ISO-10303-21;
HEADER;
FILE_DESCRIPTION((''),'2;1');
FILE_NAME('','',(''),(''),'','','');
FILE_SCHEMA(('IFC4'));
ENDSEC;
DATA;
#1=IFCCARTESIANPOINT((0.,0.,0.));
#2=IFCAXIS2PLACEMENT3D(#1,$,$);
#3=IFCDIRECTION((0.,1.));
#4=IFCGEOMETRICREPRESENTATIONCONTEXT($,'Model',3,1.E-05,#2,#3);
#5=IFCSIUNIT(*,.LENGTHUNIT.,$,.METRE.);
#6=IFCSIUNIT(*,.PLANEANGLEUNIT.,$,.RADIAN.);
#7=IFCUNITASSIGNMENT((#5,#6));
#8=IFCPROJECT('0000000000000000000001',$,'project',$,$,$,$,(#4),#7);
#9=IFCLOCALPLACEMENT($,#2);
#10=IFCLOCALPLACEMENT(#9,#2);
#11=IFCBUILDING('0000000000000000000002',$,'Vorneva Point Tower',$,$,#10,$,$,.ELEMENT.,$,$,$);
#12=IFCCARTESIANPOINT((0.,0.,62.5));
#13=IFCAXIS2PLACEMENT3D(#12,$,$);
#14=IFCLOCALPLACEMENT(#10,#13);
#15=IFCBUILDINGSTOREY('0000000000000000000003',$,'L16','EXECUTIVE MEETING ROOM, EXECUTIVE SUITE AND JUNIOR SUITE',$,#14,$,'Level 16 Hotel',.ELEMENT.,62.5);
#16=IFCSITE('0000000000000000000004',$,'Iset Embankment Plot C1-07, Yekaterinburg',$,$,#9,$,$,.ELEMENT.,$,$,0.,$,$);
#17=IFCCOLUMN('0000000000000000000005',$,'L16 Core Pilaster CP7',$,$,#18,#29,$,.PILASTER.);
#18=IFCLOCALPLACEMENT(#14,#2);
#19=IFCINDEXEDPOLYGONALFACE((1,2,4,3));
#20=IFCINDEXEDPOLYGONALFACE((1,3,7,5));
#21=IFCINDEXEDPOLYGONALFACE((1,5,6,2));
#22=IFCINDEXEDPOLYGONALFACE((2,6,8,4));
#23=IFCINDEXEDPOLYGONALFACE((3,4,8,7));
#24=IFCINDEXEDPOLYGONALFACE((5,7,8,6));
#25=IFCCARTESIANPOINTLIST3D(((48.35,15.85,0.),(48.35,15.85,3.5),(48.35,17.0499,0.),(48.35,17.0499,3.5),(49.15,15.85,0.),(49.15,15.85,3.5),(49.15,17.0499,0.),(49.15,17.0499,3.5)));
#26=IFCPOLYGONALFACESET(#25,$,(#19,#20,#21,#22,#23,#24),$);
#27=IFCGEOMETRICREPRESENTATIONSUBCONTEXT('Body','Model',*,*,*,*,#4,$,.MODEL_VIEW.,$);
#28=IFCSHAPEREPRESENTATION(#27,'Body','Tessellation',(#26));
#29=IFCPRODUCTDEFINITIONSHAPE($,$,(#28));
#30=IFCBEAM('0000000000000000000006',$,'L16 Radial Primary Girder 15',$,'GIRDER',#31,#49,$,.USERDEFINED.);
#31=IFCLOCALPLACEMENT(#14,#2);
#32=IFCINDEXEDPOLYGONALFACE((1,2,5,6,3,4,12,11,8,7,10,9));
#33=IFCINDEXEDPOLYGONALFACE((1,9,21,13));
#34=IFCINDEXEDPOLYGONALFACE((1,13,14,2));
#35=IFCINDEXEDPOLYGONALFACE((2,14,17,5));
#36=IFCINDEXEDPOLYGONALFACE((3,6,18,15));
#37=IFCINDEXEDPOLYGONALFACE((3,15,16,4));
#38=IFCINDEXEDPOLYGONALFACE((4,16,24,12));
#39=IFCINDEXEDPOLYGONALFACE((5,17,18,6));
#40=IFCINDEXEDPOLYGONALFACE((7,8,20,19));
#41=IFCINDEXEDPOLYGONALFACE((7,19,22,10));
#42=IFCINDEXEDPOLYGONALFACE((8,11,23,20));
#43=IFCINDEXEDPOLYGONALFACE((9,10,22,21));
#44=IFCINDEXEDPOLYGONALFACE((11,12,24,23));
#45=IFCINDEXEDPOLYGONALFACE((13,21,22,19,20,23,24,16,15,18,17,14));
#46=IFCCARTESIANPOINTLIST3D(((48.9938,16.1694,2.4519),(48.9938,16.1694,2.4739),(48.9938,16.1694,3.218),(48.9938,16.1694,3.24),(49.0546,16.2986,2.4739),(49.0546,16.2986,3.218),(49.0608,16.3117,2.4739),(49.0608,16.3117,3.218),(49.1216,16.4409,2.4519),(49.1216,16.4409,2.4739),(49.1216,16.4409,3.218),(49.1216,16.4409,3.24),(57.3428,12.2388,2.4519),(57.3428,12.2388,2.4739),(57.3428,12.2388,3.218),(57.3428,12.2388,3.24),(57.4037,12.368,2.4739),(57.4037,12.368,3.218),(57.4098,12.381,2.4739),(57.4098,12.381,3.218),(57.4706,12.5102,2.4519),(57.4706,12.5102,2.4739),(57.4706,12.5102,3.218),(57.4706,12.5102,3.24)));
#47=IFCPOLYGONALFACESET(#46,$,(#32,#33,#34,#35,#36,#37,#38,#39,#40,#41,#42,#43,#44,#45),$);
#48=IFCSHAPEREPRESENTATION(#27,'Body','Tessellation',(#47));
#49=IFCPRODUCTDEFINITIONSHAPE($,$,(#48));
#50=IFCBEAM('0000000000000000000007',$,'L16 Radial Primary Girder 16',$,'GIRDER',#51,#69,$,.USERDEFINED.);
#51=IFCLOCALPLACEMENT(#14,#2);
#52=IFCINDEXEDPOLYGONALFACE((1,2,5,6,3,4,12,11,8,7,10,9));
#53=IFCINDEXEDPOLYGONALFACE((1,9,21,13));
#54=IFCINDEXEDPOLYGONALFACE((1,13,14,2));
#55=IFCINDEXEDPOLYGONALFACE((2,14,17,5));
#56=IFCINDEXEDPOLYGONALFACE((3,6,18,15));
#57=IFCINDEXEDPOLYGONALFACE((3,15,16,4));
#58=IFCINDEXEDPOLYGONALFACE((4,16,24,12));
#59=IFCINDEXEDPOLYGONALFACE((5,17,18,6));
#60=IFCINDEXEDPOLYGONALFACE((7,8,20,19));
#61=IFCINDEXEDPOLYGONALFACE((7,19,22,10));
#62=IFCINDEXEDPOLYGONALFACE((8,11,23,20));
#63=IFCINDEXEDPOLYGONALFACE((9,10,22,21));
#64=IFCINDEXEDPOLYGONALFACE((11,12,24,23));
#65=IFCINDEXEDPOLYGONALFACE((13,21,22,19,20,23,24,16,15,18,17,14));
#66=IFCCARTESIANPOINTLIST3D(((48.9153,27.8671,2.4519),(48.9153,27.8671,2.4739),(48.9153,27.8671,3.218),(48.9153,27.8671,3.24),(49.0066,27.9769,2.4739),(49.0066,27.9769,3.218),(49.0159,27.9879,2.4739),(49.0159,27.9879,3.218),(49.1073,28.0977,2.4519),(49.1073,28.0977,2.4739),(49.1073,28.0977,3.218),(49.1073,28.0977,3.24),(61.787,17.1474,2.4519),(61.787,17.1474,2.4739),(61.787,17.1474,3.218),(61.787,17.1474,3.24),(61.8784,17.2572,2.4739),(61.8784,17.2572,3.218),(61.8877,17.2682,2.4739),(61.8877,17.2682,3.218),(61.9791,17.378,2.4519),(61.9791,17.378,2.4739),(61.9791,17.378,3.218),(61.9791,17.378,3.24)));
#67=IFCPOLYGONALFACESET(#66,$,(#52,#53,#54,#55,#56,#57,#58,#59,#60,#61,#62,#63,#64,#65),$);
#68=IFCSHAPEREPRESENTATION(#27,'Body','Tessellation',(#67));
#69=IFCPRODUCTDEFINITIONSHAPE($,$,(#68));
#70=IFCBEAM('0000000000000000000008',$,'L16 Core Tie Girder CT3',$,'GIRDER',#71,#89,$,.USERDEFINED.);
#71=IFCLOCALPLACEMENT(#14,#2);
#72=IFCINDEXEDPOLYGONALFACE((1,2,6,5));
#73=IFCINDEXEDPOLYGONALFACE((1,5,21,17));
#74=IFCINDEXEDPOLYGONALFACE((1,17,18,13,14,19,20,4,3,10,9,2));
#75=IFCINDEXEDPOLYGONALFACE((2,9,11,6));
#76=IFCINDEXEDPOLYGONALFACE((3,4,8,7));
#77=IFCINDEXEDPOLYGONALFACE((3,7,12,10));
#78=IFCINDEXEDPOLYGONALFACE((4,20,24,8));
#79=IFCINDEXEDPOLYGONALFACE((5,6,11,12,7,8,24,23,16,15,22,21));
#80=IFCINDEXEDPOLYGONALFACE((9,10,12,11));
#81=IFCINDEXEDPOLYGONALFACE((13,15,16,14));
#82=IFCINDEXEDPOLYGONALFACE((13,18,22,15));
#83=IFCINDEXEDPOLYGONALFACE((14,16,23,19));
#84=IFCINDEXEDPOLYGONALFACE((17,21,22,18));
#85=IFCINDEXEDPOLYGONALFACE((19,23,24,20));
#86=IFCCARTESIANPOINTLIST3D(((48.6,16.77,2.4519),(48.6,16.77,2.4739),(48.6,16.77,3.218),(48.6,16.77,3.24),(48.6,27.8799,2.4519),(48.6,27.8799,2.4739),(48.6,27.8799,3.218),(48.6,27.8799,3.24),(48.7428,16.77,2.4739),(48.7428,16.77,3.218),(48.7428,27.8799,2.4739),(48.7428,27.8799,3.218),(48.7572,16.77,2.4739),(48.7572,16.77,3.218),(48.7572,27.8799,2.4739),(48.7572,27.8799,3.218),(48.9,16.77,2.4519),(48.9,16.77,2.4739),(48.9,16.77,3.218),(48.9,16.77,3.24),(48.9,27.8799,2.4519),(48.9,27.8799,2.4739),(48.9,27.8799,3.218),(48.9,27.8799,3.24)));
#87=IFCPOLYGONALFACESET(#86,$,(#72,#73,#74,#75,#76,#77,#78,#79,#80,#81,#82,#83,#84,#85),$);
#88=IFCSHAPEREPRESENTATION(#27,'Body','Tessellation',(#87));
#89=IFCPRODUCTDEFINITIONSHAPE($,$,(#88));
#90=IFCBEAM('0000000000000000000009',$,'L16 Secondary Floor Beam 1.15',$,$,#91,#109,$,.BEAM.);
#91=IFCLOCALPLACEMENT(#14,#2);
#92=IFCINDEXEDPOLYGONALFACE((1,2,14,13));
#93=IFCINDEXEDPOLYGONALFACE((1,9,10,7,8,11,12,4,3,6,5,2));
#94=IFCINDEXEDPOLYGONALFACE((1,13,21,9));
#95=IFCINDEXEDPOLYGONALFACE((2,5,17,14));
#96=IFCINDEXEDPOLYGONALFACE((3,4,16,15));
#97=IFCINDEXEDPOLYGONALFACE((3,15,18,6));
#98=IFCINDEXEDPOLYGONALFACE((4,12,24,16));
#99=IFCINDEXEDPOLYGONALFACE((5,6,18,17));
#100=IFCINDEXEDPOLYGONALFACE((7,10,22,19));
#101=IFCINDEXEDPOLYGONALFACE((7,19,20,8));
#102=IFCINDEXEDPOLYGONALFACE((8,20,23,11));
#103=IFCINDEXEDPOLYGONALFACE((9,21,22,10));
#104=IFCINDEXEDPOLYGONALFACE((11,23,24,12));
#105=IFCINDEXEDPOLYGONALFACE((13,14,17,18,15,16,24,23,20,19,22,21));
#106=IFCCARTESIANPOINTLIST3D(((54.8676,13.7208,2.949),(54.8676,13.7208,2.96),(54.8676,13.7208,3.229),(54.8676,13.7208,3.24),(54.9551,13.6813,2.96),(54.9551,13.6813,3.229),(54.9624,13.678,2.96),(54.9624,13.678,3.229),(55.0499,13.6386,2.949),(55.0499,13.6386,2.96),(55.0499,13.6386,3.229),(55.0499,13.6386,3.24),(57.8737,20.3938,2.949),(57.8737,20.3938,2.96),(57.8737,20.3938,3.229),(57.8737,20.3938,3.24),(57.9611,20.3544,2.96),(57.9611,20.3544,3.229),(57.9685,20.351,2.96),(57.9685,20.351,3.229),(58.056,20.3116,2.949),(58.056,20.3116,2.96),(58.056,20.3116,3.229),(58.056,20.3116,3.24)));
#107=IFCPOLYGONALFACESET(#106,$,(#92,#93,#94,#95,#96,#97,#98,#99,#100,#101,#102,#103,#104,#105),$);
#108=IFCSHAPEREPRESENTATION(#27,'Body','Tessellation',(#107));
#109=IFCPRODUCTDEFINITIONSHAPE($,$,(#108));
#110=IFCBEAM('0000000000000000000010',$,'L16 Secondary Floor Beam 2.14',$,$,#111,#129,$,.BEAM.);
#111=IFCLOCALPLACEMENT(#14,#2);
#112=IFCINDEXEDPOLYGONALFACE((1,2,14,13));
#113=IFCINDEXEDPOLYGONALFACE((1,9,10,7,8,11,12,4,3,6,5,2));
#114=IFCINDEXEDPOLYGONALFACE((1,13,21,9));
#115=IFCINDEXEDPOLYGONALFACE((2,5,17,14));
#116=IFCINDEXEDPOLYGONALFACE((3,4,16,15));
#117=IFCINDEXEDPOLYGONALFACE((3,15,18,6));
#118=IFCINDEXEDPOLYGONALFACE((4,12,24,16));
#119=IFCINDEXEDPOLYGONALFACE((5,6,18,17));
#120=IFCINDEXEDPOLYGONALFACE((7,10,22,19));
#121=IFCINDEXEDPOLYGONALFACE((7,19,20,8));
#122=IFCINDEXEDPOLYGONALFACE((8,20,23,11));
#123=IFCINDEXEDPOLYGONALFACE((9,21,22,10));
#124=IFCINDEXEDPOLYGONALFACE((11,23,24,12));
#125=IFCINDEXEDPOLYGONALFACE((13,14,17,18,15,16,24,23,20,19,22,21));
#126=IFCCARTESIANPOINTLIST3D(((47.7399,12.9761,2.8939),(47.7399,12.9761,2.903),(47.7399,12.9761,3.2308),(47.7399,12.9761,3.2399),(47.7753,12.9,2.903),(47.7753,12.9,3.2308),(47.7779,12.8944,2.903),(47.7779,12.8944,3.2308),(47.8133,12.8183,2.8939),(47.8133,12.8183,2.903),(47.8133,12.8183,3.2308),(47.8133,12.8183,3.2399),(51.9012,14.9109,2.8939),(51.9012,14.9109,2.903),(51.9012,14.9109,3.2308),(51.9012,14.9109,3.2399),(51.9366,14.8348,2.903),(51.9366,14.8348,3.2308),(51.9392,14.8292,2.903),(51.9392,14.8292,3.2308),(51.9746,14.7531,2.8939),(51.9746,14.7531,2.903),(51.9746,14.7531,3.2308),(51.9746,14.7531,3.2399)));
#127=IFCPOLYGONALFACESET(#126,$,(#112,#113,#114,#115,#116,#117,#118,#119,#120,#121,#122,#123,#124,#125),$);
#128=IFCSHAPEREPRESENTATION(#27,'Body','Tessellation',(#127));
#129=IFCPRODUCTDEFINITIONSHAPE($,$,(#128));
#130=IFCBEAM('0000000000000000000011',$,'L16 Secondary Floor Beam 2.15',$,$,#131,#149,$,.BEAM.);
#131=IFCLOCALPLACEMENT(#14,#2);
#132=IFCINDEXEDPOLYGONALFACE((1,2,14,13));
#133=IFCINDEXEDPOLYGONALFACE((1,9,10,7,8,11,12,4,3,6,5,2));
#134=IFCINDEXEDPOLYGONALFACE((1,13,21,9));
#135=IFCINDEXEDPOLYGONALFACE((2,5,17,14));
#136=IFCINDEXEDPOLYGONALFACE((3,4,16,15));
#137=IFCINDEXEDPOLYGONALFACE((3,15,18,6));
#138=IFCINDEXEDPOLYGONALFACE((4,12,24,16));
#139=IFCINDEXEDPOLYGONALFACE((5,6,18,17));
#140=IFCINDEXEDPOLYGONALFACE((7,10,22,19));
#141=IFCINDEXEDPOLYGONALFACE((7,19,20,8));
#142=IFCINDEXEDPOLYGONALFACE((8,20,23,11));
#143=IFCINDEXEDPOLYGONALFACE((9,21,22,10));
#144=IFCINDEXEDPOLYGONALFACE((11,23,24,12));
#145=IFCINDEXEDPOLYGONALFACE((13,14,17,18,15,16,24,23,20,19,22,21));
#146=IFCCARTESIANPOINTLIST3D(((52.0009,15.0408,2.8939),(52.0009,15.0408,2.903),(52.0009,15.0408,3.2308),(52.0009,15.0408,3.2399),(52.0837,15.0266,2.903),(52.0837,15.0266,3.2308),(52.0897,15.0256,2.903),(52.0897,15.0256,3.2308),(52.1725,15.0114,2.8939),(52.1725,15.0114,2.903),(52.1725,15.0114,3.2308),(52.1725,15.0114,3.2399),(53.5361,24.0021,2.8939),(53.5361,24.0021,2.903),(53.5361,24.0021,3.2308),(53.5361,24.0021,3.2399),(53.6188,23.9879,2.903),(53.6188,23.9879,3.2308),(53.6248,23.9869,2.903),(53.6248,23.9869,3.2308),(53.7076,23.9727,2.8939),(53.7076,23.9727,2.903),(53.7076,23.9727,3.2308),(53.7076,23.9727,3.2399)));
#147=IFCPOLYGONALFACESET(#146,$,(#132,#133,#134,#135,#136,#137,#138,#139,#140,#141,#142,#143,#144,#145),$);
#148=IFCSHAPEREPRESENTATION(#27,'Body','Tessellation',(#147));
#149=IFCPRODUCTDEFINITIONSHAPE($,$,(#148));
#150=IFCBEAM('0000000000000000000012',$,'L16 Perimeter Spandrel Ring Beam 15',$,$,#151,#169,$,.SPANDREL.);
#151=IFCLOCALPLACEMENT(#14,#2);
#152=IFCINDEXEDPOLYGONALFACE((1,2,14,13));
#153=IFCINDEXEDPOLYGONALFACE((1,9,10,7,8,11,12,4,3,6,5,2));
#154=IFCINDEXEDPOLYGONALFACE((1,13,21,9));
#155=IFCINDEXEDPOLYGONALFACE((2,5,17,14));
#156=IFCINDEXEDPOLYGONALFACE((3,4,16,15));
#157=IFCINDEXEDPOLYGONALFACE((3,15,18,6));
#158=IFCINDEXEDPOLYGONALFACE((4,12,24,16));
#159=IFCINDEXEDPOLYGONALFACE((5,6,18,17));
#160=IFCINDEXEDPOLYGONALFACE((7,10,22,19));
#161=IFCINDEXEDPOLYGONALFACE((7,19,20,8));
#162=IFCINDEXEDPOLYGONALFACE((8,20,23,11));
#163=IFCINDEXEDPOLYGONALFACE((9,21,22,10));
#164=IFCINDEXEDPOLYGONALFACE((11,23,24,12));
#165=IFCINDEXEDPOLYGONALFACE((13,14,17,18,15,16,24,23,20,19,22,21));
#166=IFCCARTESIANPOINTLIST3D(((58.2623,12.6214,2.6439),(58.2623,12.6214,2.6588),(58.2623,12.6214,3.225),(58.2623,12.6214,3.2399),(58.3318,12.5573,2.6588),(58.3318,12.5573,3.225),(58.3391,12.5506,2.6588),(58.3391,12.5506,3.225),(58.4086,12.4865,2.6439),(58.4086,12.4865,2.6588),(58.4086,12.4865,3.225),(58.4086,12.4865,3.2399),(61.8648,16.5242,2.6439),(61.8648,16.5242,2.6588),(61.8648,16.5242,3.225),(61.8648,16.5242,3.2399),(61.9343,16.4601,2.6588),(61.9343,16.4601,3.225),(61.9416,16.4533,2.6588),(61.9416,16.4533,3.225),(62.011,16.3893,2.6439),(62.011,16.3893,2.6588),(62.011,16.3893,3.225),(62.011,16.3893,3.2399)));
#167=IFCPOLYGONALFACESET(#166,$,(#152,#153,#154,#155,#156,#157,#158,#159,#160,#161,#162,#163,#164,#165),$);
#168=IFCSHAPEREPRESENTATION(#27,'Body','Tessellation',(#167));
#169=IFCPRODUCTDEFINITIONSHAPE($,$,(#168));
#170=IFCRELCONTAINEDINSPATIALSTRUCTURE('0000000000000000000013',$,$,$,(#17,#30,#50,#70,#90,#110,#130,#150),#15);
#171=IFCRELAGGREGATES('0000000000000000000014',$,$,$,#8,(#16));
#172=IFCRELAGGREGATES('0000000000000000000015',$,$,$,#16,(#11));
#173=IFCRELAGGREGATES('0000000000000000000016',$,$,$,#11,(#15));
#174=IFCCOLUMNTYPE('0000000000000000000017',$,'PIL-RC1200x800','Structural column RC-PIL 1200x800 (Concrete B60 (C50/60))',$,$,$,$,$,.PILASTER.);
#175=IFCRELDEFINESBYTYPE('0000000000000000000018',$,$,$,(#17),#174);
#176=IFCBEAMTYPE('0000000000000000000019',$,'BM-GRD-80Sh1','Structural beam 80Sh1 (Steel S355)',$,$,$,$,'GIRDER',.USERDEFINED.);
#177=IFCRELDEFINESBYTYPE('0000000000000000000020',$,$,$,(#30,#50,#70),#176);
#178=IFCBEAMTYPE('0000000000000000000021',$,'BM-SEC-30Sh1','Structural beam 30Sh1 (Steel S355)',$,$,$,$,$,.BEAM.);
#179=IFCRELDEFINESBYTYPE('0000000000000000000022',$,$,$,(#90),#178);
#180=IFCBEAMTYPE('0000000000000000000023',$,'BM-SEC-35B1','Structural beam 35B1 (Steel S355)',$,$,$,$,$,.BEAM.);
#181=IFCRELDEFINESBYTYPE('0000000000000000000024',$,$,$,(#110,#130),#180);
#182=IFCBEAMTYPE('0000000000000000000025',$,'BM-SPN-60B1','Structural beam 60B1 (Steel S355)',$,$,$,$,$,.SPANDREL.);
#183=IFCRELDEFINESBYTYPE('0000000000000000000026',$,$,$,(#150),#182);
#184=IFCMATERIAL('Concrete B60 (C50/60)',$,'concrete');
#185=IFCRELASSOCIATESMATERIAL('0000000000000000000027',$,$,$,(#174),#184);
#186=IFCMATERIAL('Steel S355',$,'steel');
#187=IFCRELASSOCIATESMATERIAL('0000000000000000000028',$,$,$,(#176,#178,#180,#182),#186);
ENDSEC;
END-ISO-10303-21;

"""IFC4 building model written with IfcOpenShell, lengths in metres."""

from ifc_helpers import new_model, si_unit, direction, frame, origin, origin_2d, place, context, subcontext, project, spatial, rectangle, i_section, extrude, material, material_profile, profile_set, type_object, element, save


model = new_model("IFC4")

# Units and contexts
model_context = context("Model", 3, precision=1e-05, world=origin(), true_north=direction((0.0, 1.0)))
body_context = subcontext(model_context, "Body", "Model", "MODEL_VIEW")
ifc_project = project(units=[si_unit("LENGTHUNIT", "METRE"), si_unit("PLANEANGLEUNIT", "RADIAN")], contexts=[model_context])

# Site, building, storey
site_placement = place(None, origin())
site = spatial("IfcSite", under=ifc_project, at=site_placement, Name="Iset Embankment Plot C1-07, Yekaterinburg", CompositionType="ELEMENT", RefElevation=0.0)
building_placement = place(site_placement, origin())
building = spatial("IfcBuilding", under=site, at=building_placement, Name="Vorneva Point Tower", CompositionType="ELEMENT")
storey_placement = place(building_placement, frame((0.0, 0.0, 62.5)))
storey = spatial("IfcBuildingStorey", under=building, at=storey_placement, Name="L16", Description="EXECUTIVE MEETING ROOM, EXECUTIVE SUITE AND JUNIOR SUITE", LongName="Level 16 Hotel", CompositionType="ELEMENT", Elevation=62.5)

# Column
ifc_material_1 = material(Name="Concrete B60 (C50/60)", Category="concrete")
ifc_material_profile_1 = material_profile(ifc_material_1, rectangle(XDim=0.8, YDim=1.2, at=origin_2d()), Name="RC-PIL 1200x800")
ifc_profile_set_1 = profile_set([ifc_material_profile_1], Name="Concrete B60 (C50/60)")
column_type_1 = type_object("IfcColumnType", Name="PIL-RC1200x800", Description="Structural column RC-PIL 1200x800 (Concrete B60 (C50/60))", PredefinedType="PILASTER", material=ifc_profile_set_1)
column_placement = place(storey_placement, frame((48.75, 16.45, 0.0), z_axis=(0.0, 0.0, 1.0), x_axis=(1.0, 0.0, 0.0)))
element("IfcColumn", 1, at=column_placement, inside=storey, type_object=column_type_1, Name="L16 Core Pilaster CP7", PredefinedType="PILASTER", context=body_context, shape_type="SweptSolid", body=[
    extrude(rectangle(XDim=0.8, YDim=1.2, at=origin_2d()), origin(), (0.0, 0.0, 1.0), 3.5),
])

# Beams
ifc_material_2 = material(Name="Steel S355", Category="steel")
ifc_material_profile_2 = material_profile(ifc_material_2, i_section(OverallWidth=0.3, OverallDepth=0.7881, WebThickness=0.0144, FlangeThickness=0.022, at=origin_2d()), Name="80Sh1")
ifc_profile_set_2 = profile_set([ifc_material_profile_2], Name="Steel S355")
beam_type_1 = type_object("IfcBeamType", Name="BM-GRD-80Sh1", Description="Structural beam 80Sh1 (Steel S355)", ElementType="GIRDER", PredefinedType="USERDEFINED", material=ifc_profile_set_2)
beam_1_placement = place(storey_placement, frame((57.4067, 12.3745, 2.8459), z_axis=(-0.904749, 0.425945, 0.0), x_axis=(-0.425945, -0.904749, 0.0)))
element("IfcBeam", 2, at=beam_1_placement, inside=storey, type_object=beam_type_1, Name="L16 Radial Primary Girder 15", ObjectType="GIRDER", PredefinedType="USERDEFINED", context=body_context, shape_type="SweptSolid", body=[
    extrude(i_section(OverallWidth=0.3, OverallDepth=0.7881, WebThickness=0.0144, FlangeThickness=0.022, at=origin_2d()), origin(), (0.0, 0.0, 1.0), 9.228),
])
beam_2_placement = place(storey_placement, frame((61.8831, 17.2627, 2.8459), z_axis=(-0.768421, 0.639945, 0.0), x_axis=(-0.639945, -0.768421, 0.0)))
element("IfcBeam", 3, at=beam_2_placement, inside=storey, type_object=beam_type_1, Name="L16 Radial Primary Girder 16", ObjectType="GIRDER", PredefinedType="USERDEFINED", context=body_context, shape_type="SweptSolid", body=[
    extrude(i_section(OverallWidth=0.3, OverallDepth=0.7881, WebThickness=0.0144, FlangeThickness=0.022, at=origin_2d()), origin(), (0.0, 0.0, 1.0), 16.751),
])
beam_3_placement = place(storey_placement, frame((48.75, 16.77, 2.8459), z_axis=(0.0, 1.0, 0.0), x_axis=(-1.0, 0.0, 0.0)))
element("IfcBeam", 4, at=beam_3_placement, inside=storey, type_object=beam_type_1, Name="L16 Core Tie Girder CT3", ObjectType="GIRDER", PredefinedType="USERDEFINED", context=body_context, shape_type="SweptSolid", body=[
    extrude(i_section(OverallWidth=0.3, OverallDepth=0.7881, WebThickness=0.0144, FlangeThickness=0.022, at=origin_2d()), origin(), (0.0, 0.0, 1.0), 11.1099),
])
ifc_material_profile_3 = material_profile(ifc_material_2, i_section(OverallWidth=0.2, OverallDepth=0.291, WebThickness=0.0081, FlangeThickness=0.011, at=origin_2d()), Name="30Sh1")
ifc_profile_set_3 = profile_set([ifc_material_profile_3], Name="Steel S355")
beam_type_2 = type_object("IfcBeamType", Name="BM-SEC-30Sh1", Description="Structural beam 30Sh1 (Steel S355)", PredefinedType="BEAM", material=ifc_profile_set_3)
beam_4_placement = place(storey_placement, frame((54.9587, 13.6797, 3.0945), z_axis=(0.410729, 0.911757, 0.0), x_axis=(-0.911757, 0.410729, 0.0)))
element("IfcBeam", 5, at=beam_4_placement, inside=storey, type_object=beam_type_2, Name="L16 Secondary Floor Beam 1.15", PredefinedType="BEAM", context=body_context, shape_type="SweptSolid", body=[
    extrude(i_section(OverallWidth=0.2, OverallDepth=0.291, WebThickness=0.0081, FlangeThickness=0.011, at=origin_2d()), origin(), (0.0, 0.0, 1.0), 7.3188),
])
ifc_material_profile_4 = material_profile(ifc_material_2, i_section(OverallWidth=0.1741, OverallDepth=0.3459, WebThickness=0.0061, FlangeThickness=0.009, at=origin_2d()), Name="35B1")
ifc_profile_set_4 = profile_set([ifc_material_profile_4], Name="Steel S355")
beam_type_3 = type_object("IfcBeamType", Name="BM-SEC-35B1", Description="Structural beam 35B1 (Steel S355)", PredefinedType="BEAM", material=ifc_profile_set_4)
beam_5_placement = place(storey_placement, frame((47.7766, 12.8972, 3.0669), z_axis=(0.90678, 0.421604, 0.0), x_axis=(-0.421604, 0.90678, 0.0)))
element("IfcBeam", 6, at=beam_5_placement, inside=storey, type_object=beam_type_3, Name="L16 Secondary Floor Beam 2.14", PredefinedType="BEAM", context=body_context, shape_type="SweptSolid", body=[
    extrude(i_section(OverallWidth=0.1741, OverallDepth=0.3459, WebThickness=0.0061, FlangeThickness=0.009, at=origin_2d()), origin(), (0.0, 0.0, 1.0), 4.5891),
])
beam_6_placement = place(storey_placement, frame((52.0867, 15.0261, 3.0669), z_axis=(0.168852, 0.985641, 0.0), x_axis=(-0.985641, 0.168852, 0.0)))
element("IfcBeam", 7, at=beam_6_placement, inside=storey, type_object=beam_type_3, Name="L16 Secondary Floor Beam 2.15", PredefinedType="BEAM", context=body_context, shape_type="SweptSolid", body=[
    extrude(i_section(OverallWidth=0.1741, OverallDepth=0.3459, WebThickness=0.0061, FlangeThickness=0.009, at=origin_2d()), origin(), (0.0, 0.0, 1.0), 9.0918),
])
ifc_material_profile_5 = material_profile(ifc_material_2, i_section(OverallWidth=0.199, OverallDepth=0.5959, WebThickness=0.01, FlangeThickness=0.0149, at=origin_2d()), Name="60B1")
ifc_profile_set_5 = profile_set([ifc_material_profile_5], Name="Steel S355")
beam_type_4 = type_object("IfcBeamType", Name="BM-SPN-60B1", Description="Structural beam 60B1 (Steel S355)", PredefinedType="SPANDREL", material=ifc_profile_set_5)
beam_7_placement = place(storey_placement, frame((58.3354, 12.554, 2.9419), z_axis=(0.678272, 0.73481, 0.0), x_axis=(-0.73481, 0.678272, 0.0)))
element("IfcBeam", 8, at=beam_7_placement, inside=storey, type_object=beam_type_4, Name="L16 Perimeter Spandrel Ring Beam 15", PredefinedType="SPANDREL", context=body_context, shape_type="SweptSolid", body=[
    extrude(i_section(OverallWidth=0.199, OverallDepth=0.5959, WebThickness=0.01, FlangeThickness=0.0149, at=origin_2d()), origin(), (0.0, 0.0, 1.0), 5.3113),
])

save(model, "model.ifc")
